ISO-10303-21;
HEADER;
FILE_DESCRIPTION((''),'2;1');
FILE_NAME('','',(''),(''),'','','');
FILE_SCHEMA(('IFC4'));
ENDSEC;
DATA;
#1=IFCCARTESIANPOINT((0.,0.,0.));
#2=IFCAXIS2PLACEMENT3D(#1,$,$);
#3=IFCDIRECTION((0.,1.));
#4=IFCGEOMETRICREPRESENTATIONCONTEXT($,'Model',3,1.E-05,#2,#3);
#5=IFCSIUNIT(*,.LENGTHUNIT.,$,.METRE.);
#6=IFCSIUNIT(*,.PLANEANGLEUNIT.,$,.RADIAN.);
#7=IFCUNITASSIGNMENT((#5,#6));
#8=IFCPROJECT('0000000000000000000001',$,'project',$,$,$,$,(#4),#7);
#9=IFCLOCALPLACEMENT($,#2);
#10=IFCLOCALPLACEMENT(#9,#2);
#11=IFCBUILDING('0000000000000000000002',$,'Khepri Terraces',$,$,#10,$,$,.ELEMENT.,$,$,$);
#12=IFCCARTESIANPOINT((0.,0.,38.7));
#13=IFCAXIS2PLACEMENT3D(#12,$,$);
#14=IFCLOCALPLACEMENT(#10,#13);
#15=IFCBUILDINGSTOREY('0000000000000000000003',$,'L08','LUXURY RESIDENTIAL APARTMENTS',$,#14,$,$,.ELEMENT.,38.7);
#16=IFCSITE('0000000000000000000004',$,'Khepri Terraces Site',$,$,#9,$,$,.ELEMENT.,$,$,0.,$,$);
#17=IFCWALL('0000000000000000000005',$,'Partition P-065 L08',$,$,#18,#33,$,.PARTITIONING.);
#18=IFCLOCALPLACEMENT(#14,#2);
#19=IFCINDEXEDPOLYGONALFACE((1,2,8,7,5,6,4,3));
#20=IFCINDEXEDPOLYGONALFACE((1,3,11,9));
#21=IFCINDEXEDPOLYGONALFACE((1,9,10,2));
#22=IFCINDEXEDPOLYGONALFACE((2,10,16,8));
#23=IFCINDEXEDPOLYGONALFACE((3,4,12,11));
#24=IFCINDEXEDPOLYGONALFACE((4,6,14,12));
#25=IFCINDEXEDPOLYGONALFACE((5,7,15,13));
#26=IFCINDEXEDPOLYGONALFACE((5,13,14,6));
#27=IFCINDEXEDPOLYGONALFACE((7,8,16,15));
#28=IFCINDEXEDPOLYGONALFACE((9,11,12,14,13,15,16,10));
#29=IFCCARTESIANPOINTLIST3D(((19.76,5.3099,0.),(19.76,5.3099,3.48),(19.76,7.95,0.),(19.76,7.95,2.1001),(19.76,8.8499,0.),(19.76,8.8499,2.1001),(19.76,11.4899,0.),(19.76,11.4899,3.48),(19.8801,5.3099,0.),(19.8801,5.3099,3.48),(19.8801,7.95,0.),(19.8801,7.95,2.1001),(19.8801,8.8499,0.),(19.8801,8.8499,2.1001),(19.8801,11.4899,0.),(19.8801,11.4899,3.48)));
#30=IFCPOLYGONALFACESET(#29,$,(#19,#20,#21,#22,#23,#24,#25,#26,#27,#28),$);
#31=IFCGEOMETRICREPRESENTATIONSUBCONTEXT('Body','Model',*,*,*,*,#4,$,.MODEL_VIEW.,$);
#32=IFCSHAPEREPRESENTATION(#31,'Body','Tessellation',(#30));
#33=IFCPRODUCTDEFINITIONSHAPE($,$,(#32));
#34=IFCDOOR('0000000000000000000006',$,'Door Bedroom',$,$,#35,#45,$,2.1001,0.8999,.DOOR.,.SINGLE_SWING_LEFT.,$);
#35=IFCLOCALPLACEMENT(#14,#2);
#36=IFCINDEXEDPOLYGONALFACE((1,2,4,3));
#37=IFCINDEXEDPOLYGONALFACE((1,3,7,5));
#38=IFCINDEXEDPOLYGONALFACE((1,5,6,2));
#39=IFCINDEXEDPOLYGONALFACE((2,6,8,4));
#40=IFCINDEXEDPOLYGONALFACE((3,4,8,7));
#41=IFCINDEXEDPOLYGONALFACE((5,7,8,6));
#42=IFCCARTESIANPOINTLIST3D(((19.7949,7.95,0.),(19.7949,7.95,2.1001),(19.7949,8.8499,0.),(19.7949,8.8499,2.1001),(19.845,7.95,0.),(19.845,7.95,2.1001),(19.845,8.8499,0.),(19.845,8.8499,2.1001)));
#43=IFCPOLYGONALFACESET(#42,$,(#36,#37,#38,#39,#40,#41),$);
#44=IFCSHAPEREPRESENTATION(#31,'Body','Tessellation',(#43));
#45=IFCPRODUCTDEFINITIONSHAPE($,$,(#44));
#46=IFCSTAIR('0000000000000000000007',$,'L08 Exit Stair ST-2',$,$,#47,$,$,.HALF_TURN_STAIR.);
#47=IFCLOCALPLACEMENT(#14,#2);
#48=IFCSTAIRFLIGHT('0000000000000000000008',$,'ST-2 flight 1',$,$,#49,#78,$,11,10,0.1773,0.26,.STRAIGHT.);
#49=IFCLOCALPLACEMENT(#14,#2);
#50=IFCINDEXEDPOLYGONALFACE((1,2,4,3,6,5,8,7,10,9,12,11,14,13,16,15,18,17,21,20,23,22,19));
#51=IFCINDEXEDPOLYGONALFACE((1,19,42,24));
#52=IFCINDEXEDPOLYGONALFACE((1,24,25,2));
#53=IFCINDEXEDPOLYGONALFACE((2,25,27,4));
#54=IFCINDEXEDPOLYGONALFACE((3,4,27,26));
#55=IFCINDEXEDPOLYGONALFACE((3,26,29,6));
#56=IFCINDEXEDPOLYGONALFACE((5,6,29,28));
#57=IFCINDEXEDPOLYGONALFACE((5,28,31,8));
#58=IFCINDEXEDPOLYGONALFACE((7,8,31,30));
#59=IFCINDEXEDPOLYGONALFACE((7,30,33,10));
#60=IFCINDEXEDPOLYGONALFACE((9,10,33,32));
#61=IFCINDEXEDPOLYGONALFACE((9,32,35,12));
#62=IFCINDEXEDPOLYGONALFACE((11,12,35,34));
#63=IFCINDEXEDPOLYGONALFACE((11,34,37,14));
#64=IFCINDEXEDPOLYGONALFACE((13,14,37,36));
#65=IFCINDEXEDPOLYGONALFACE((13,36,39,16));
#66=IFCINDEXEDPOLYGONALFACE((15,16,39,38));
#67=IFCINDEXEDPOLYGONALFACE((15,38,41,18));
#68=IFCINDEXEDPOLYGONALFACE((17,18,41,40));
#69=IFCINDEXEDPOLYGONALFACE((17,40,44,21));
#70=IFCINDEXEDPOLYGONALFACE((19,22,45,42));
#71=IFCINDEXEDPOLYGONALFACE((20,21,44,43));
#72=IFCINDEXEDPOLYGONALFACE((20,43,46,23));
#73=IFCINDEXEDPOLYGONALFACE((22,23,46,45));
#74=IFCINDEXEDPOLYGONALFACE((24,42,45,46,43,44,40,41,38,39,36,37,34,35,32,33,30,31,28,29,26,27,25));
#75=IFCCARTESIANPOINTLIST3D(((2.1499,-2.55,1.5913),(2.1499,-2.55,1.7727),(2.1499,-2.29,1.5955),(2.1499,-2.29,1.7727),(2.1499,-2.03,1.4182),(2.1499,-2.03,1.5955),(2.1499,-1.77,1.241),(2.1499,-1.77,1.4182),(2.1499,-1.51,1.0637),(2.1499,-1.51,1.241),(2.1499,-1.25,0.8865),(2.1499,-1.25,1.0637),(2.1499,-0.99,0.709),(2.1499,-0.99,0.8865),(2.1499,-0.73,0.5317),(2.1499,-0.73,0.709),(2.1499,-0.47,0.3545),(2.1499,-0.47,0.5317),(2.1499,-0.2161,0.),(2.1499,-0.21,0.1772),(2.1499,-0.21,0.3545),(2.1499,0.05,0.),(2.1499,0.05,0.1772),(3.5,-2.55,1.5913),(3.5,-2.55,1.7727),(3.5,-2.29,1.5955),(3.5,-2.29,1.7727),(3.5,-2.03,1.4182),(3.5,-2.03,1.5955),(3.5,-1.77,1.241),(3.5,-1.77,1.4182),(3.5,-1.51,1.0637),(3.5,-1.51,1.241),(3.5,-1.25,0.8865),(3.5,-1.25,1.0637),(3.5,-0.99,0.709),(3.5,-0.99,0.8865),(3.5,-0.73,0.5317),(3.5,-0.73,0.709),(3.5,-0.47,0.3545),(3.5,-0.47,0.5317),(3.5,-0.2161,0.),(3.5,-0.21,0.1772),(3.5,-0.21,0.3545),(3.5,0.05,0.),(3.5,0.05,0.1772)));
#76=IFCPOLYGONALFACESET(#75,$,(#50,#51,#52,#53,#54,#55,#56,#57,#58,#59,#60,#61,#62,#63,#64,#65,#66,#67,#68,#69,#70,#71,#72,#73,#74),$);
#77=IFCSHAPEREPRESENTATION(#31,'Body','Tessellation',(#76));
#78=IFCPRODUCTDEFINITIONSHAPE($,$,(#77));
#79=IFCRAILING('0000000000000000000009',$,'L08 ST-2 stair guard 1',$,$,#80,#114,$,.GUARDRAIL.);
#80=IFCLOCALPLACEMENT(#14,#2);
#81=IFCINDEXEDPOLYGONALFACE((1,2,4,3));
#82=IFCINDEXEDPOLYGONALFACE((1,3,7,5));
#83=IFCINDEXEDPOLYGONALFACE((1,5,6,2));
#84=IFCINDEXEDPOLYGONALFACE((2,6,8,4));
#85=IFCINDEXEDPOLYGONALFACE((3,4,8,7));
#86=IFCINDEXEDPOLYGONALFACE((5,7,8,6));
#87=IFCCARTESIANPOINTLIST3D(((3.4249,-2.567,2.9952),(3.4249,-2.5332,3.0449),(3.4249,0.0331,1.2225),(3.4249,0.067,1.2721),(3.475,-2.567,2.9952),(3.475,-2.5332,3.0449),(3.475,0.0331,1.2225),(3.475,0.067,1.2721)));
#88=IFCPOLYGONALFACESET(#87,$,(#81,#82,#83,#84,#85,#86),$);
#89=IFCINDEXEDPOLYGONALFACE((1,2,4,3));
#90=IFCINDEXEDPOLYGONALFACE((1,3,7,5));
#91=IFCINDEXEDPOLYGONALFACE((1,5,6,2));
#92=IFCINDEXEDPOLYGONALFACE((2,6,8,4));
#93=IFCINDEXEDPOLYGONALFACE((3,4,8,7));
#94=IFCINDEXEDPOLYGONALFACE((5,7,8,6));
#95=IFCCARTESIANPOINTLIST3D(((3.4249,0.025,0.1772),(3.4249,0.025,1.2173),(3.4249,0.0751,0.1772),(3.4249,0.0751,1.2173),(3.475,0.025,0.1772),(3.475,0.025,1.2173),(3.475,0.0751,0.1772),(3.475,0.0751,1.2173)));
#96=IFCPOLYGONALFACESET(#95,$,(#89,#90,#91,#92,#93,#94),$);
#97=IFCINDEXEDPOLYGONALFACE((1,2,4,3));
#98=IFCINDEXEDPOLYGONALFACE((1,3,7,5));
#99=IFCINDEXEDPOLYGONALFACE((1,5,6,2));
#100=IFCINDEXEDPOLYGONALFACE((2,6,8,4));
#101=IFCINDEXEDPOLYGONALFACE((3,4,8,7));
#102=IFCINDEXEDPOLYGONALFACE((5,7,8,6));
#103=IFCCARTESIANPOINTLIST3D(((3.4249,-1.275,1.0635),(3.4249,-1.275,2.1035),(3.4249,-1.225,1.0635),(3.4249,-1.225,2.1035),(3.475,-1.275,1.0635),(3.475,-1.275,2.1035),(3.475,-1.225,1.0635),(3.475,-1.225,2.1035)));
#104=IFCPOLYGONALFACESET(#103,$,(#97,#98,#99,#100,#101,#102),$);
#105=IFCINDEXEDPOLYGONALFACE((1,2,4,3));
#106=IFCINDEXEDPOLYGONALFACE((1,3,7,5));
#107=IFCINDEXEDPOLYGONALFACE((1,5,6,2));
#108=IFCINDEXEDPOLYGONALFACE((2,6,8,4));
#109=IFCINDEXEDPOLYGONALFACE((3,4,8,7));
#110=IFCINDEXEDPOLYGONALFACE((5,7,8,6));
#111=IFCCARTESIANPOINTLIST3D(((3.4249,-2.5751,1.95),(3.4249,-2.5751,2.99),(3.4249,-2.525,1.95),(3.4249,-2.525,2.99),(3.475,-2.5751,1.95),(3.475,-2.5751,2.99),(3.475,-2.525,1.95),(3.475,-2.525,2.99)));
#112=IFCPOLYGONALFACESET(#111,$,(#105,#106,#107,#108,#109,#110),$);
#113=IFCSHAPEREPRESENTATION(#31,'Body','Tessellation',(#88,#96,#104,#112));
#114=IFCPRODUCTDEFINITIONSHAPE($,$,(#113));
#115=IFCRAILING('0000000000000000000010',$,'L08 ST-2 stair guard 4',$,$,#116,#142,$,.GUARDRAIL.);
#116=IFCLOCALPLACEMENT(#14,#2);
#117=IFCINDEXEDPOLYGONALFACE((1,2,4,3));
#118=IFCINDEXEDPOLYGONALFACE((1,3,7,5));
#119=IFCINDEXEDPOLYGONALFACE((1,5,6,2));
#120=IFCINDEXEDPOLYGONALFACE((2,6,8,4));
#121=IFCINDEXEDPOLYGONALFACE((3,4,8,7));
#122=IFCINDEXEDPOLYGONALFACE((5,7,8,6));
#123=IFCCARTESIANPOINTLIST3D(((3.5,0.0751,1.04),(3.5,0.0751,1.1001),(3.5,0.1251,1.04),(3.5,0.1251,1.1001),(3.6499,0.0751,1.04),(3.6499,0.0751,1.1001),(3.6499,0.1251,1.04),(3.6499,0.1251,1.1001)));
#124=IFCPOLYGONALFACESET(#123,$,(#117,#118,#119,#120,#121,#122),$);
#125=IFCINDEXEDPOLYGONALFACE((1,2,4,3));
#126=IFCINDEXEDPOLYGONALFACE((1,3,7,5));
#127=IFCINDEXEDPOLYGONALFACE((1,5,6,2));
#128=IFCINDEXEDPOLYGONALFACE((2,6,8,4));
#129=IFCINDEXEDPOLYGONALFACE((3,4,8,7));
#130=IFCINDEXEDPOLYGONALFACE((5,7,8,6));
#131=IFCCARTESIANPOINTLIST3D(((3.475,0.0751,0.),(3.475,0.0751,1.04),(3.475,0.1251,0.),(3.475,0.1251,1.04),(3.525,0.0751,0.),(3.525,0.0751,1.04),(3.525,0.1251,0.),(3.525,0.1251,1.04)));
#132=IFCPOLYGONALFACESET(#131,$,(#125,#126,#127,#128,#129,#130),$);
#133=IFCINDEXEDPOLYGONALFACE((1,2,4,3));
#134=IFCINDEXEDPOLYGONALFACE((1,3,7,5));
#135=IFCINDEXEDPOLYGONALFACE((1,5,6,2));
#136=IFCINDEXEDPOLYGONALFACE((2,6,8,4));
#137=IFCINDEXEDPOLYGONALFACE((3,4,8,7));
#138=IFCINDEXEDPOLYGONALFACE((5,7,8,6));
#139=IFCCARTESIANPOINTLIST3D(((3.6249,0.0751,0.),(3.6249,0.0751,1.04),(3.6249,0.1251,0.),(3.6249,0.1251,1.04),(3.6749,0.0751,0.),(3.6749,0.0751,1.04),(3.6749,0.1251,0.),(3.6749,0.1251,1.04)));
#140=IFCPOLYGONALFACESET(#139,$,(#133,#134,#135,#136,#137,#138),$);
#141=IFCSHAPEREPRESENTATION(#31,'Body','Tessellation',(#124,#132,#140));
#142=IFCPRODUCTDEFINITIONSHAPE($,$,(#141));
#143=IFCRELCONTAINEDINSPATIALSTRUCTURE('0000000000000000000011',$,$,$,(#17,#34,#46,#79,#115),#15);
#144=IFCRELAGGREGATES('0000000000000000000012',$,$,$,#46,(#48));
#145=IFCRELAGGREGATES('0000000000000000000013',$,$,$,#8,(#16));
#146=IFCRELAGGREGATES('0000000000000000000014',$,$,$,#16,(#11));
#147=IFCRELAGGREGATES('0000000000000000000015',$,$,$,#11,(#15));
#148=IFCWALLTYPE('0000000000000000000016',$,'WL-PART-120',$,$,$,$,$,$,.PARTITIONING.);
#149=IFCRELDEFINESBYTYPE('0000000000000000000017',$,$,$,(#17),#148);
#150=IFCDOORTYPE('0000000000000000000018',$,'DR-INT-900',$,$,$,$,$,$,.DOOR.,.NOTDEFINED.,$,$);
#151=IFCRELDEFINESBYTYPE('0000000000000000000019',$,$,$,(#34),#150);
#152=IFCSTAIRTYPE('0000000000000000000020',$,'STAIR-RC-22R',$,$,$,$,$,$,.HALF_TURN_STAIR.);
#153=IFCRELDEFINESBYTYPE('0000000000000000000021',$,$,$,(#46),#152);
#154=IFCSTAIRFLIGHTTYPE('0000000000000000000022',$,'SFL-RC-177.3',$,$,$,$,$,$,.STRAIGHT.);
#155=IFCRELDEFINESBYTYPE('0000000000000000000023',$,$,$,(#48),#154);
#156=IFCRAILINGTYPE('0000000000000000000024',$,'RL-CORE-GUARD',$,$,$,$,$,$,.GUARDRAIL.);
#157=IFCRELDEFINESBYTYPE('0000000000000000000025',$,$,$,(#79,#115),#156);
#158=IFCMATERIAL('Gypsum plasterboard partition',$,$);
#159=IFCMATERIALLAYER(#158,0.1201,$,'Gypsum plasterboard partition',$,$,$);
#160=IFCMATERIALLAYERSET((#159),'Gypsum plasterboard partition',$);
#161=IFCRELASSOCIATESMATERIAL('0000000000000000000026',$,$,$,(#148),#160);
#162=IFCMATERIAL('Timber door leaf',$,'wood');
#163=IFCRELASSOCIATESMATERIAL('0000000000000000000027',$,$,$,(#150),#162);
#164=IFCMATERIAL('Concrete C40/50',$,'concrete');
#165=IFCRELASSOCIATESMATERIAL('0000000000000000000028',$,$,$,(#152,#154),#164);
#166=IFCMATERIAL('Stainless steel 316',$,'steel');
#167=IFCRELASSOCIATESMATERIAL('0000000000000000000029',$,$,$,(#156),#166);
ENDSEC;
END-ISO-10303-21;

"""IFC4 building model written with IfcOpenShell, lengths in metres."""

from ifc_helpers import new_model, si_unit, direction, frame, frame_2d, origin, origin_2d, place, context, subcontext, project, spatial, polyline, rectangle, outline, extrude, material, layer, layer_set, type_object, element, fill, aggregate, save


model = new_model("IFC4")

# Units and contexts
model_context = context("Model", 3, precision=1e-05, world=origin(), true_north=direction((0.0, 1.0)))
body_context = subcontext(model_context, "Body", "Model", "MODEL_VIEW")
ifc_project = project(units=[si_unit("LENGTHUNIT", "METRE"), si_unit("PLANEANGLEUNIT", "RADIAN")], contexts=[model_context])

# Site, building, storey
site_placement = place(None, origin())
site = spatial("IfcSite", under=ifc_project, at=site_placement, Name="Khepri Terraces Site", CompositionType="ELEMENT", RefElevation=0.0)
building_placement = place(site_placement, origin())
building = spatial("IfcBuilding", under=site, at=building_placement, Name="Khepri Terraces", CompositionType="ELEMENT")
storey_placement = place(building_placement, frame((0.0, 0.0, 38.7)))
storey = spatial("IfcBuildingStorey", under=building, at=storey_placement, Name="L08", Description="LUXURY RESIDENTIAL APARTMENTS", CompositionType="ELEMENT", Elevation=38.7)

# Shared definitions
ifc_material_1 = material(Name="Gypsum plasterboard partition")
ifc_layer_1 = layer(ifc_material_1, 0.1201, Name="Gypsum plasterboard partition")
ifc_layer_set_1 = layer_set([ifc_layer_1], Name="Gypsum plasterboard partition")
wall_type_1 = type_object("IfcWallType", Name="WL-PART-120", PredefinedType="PARTITIONING", material=ifc_layer_set_1)

# Shared definitions
ifc_material_2 = material(Name="Timber door leaf", Category="wood")
door_type_1 = type_object("IfcDoorType", Name="DR-INT-900", OperationType="NOTDEFINED", PredefinedType="DOOR", material=ifc_material_2)

# Wall, opening, door
wall_1_placement = place(storey_placement, frame((19.8201, 5.3101, 0.0), z_axis=(0.0, 0.0, 1.0), x_axis=(0.0, 1.0, 0.0)))
wall_1 = element("IfcWall", 1, at=wall_1_placement, inside=storey, type_object=wall_type_1, Name="Partition P-065 L08", PredefinedType="PARTITIONING", context=body_context, shape_type="SweptSolid", body=[
    extrude(rectangle(XDim=6.1799, YDim=0.1201, at=frame_2d((3.0898, 0.0))), origin(), (0.0, 0.0, 1.0), 3.48),
])
opening_1_placement = place(wall_1_placement, frame((2.6399, 0.0, 0.0)))
opening_1 = element("IfcOpeningElement", 2, at=opening_1_placement, cuts=wall_1, PredefinedType="OPENING", context=body_context, shape_type="SweptSolid", body=[
    extrude(rectangle(XDim=0.8999, YDim=2.1001, at=frame_2d((0.45, 1.05))), frame((0.0, 0.0701, 0.0), z_axis=(0.0, -1.0, 0.0), x_axis=(1.0, 0.0, 0.0)), (0.0, 0.0, 1.0), 0.1401),
])
door_1_placement = place(opening_1_placement, frame((0.8999, 0.0, 0.0), z_axis=(0.0, 0.0, 1.0), x_axis=(-1.0, 0.0, 0.0)))
door_1 = element("IfcDoor", 3, at=door_1_placement, inside=storey, type_object=door_type_1, Name="Door Bedroom", OperationType="SINGLE_SWING_LEFT", OverallHeight=2.1001, OverallWidth=0.8999, PredefinedType="DOOR", context=body_context, shape_type="SweptSolid", body=[
    extrude(rectangle(XDim=0.8999, YDim=2.1001, at=frame_2d((0.45, 1.05))), frame((0.0, 0.0249, 0.0), z_axis=(0.0, -1.0, 0.0), x_axis=(1.0, 0.0, 0.0)), (0.0, 0.0, 1.0), 0.05),
])
fill(opening_1, door_1)

# Stair, stair flight
ifc_material_3 = material(Name="Concrete C40/50", Category="concrete")
stair_type = type_object("IfcStairType", Name="STAIR-RC-22R", PredefinedType="HALF_TURN_STAIR", material=ifc_material_3)
stair_placement = place(storey_placement, origin())
stair = element("IfcStair", 4, at=stair_placement, inside=storey, type_object=stair_type, Name="L08 Exit Stair ST-2", PredefinedType="HALF_TURN_STAIR")
stair_flight_type = type_object("IfcStairFlightType", Name="SFL-RC-177.3", PredefinedType="STRAIGHT", material=ifc_material_3)
stair_flight_placement = place(storey_placement, frame((2.825, 0.05, 0.0), z_axis=(0.0, 0.0, 1.0), x_axis=(0.0, -1.0, 0.0)))
stair_flight = element("IfcStairFlight", 5, at=stair_flight_placement, type_object=stair_flight_type, Name="ST-2 flight 1", NumberOfRisers=11, NumberOfTreads=10, PredefinedType="STRAIGHT", RiserHeight=0.1773, TreadLength=0.26, context=body_context, shape_type="SweptSolid", body=[
    extrude(outline(polyline([(0.0, 0.0), (0.0, 0.1772), (0.26, 0.1772), (0.26, 0.3545), (0.52, 0.3545), (0.52, 0.5317), (0.78, 0.5317), (0.78, 0.709), (1.04, 0.709), (1.04, 0.8865), (1.3, 0.8865), (1.3, 1.0637), (1.5601, 1.0637), (1.5601, 1.241), (1.8201, 1.241), (1.8201, 1.4182), (2.0801, 1.4182), (2.0801, 1.5955), (2.3401, 1.5955), (2.3401, 1.7727), (2.6001, 1.7727), (2.6001, 1.95), (2.6001, 1.5913), (0.2661, 0.0), (0.0, 0.0)])), frame((0.0, 0.675, 0.0), z_axis=(0.0, -1.0, 0.0), x_axis=(1.0, 0.0, 0.0)), (0.0, 0.0, 1.0), 1.3501),
])
aggregate(stair, [stair_flight])

# Railings
ifc_material_4 = material(Name="Stainless steel 316", Category="steel")
railing_type = type_object("IfcRailingType", Name="RL-CORE-GUARD", PredefinedType="GUARDRAIL", material=ifc_material_4)
railing_1_placement = place(storey_placement, frame((3.45, 0.05, 0.1772)))
element("IfcRailing", 6, at=railing_1_placement, inside=storey, type_object=railing_type, Name="L08 ST-2 stair guard 1", PredefinedType="GUARDRAIL", context=body_context, shape_type="SweptSolid", body=[
    extrude(rectangle(XDim=0.05, YDim=0.0601, at=origin_2d()), frame((0.0, 0.0, 1.0701), z_axis=(0.0, -0.82624, 0.563318), x_axis=(1.0, 0.0, 0.0)), (0.0, 0.0, 1.0), 3.147),
    extrude(rectangle(XDim=0.05, YDim=0.05, at=origin_2d()), origin(), (0.0, 0.0, 1.0), 1.04),
    extrude(rectangle(XDim=0.05, YDim=0.05, at=origin_2d()), frame((0.0, -1.3, 0.8862)), (0.0, 0.0, 1.0), 1.04),
    extrude(rectangle(XDim=0.05, YDim=0.05, at=origin_2d()), frame((0.0, -2.6001, 1.7727)), (0.0, 0.0, 1.0), 1.04),
])
railing_2_placement = place(storey_placement, frame((3.5, 0.1001, 0.0)))
element("IfcRailing", 7, at=railing_2_placement, inside=storey, type_object=railing_type, Name="L08 ST-2 stair guard 4", PredefinedType="GUARDRAIL", context=body_context, shape_type="SweptSolid", body=[
    extrude(rectangle(XDim=0.05, YDim=0.0601, at=origin_2d()), frame((0.0, 0.0, 1.0701), z_axis=(1.0, 0.0, 0.0), x_axis=(0.0, 1.0, 0.0)), (0.0, 0.0, 1.0), 0.1499),
    extrude(rectangle(XDim=0.05, YDim=0.05, at=origin_2d()), origin(), (0.0, 0.0, 1.0), 1.04),
    extrude(rectangle(XDim=0.05, YDim=0.05, at=origin_2d()), frame((0.1499, 0.0, 0.0)), (0.0, 0.0, 1.0), 1.04),
])

save(model, "model.ifc")
